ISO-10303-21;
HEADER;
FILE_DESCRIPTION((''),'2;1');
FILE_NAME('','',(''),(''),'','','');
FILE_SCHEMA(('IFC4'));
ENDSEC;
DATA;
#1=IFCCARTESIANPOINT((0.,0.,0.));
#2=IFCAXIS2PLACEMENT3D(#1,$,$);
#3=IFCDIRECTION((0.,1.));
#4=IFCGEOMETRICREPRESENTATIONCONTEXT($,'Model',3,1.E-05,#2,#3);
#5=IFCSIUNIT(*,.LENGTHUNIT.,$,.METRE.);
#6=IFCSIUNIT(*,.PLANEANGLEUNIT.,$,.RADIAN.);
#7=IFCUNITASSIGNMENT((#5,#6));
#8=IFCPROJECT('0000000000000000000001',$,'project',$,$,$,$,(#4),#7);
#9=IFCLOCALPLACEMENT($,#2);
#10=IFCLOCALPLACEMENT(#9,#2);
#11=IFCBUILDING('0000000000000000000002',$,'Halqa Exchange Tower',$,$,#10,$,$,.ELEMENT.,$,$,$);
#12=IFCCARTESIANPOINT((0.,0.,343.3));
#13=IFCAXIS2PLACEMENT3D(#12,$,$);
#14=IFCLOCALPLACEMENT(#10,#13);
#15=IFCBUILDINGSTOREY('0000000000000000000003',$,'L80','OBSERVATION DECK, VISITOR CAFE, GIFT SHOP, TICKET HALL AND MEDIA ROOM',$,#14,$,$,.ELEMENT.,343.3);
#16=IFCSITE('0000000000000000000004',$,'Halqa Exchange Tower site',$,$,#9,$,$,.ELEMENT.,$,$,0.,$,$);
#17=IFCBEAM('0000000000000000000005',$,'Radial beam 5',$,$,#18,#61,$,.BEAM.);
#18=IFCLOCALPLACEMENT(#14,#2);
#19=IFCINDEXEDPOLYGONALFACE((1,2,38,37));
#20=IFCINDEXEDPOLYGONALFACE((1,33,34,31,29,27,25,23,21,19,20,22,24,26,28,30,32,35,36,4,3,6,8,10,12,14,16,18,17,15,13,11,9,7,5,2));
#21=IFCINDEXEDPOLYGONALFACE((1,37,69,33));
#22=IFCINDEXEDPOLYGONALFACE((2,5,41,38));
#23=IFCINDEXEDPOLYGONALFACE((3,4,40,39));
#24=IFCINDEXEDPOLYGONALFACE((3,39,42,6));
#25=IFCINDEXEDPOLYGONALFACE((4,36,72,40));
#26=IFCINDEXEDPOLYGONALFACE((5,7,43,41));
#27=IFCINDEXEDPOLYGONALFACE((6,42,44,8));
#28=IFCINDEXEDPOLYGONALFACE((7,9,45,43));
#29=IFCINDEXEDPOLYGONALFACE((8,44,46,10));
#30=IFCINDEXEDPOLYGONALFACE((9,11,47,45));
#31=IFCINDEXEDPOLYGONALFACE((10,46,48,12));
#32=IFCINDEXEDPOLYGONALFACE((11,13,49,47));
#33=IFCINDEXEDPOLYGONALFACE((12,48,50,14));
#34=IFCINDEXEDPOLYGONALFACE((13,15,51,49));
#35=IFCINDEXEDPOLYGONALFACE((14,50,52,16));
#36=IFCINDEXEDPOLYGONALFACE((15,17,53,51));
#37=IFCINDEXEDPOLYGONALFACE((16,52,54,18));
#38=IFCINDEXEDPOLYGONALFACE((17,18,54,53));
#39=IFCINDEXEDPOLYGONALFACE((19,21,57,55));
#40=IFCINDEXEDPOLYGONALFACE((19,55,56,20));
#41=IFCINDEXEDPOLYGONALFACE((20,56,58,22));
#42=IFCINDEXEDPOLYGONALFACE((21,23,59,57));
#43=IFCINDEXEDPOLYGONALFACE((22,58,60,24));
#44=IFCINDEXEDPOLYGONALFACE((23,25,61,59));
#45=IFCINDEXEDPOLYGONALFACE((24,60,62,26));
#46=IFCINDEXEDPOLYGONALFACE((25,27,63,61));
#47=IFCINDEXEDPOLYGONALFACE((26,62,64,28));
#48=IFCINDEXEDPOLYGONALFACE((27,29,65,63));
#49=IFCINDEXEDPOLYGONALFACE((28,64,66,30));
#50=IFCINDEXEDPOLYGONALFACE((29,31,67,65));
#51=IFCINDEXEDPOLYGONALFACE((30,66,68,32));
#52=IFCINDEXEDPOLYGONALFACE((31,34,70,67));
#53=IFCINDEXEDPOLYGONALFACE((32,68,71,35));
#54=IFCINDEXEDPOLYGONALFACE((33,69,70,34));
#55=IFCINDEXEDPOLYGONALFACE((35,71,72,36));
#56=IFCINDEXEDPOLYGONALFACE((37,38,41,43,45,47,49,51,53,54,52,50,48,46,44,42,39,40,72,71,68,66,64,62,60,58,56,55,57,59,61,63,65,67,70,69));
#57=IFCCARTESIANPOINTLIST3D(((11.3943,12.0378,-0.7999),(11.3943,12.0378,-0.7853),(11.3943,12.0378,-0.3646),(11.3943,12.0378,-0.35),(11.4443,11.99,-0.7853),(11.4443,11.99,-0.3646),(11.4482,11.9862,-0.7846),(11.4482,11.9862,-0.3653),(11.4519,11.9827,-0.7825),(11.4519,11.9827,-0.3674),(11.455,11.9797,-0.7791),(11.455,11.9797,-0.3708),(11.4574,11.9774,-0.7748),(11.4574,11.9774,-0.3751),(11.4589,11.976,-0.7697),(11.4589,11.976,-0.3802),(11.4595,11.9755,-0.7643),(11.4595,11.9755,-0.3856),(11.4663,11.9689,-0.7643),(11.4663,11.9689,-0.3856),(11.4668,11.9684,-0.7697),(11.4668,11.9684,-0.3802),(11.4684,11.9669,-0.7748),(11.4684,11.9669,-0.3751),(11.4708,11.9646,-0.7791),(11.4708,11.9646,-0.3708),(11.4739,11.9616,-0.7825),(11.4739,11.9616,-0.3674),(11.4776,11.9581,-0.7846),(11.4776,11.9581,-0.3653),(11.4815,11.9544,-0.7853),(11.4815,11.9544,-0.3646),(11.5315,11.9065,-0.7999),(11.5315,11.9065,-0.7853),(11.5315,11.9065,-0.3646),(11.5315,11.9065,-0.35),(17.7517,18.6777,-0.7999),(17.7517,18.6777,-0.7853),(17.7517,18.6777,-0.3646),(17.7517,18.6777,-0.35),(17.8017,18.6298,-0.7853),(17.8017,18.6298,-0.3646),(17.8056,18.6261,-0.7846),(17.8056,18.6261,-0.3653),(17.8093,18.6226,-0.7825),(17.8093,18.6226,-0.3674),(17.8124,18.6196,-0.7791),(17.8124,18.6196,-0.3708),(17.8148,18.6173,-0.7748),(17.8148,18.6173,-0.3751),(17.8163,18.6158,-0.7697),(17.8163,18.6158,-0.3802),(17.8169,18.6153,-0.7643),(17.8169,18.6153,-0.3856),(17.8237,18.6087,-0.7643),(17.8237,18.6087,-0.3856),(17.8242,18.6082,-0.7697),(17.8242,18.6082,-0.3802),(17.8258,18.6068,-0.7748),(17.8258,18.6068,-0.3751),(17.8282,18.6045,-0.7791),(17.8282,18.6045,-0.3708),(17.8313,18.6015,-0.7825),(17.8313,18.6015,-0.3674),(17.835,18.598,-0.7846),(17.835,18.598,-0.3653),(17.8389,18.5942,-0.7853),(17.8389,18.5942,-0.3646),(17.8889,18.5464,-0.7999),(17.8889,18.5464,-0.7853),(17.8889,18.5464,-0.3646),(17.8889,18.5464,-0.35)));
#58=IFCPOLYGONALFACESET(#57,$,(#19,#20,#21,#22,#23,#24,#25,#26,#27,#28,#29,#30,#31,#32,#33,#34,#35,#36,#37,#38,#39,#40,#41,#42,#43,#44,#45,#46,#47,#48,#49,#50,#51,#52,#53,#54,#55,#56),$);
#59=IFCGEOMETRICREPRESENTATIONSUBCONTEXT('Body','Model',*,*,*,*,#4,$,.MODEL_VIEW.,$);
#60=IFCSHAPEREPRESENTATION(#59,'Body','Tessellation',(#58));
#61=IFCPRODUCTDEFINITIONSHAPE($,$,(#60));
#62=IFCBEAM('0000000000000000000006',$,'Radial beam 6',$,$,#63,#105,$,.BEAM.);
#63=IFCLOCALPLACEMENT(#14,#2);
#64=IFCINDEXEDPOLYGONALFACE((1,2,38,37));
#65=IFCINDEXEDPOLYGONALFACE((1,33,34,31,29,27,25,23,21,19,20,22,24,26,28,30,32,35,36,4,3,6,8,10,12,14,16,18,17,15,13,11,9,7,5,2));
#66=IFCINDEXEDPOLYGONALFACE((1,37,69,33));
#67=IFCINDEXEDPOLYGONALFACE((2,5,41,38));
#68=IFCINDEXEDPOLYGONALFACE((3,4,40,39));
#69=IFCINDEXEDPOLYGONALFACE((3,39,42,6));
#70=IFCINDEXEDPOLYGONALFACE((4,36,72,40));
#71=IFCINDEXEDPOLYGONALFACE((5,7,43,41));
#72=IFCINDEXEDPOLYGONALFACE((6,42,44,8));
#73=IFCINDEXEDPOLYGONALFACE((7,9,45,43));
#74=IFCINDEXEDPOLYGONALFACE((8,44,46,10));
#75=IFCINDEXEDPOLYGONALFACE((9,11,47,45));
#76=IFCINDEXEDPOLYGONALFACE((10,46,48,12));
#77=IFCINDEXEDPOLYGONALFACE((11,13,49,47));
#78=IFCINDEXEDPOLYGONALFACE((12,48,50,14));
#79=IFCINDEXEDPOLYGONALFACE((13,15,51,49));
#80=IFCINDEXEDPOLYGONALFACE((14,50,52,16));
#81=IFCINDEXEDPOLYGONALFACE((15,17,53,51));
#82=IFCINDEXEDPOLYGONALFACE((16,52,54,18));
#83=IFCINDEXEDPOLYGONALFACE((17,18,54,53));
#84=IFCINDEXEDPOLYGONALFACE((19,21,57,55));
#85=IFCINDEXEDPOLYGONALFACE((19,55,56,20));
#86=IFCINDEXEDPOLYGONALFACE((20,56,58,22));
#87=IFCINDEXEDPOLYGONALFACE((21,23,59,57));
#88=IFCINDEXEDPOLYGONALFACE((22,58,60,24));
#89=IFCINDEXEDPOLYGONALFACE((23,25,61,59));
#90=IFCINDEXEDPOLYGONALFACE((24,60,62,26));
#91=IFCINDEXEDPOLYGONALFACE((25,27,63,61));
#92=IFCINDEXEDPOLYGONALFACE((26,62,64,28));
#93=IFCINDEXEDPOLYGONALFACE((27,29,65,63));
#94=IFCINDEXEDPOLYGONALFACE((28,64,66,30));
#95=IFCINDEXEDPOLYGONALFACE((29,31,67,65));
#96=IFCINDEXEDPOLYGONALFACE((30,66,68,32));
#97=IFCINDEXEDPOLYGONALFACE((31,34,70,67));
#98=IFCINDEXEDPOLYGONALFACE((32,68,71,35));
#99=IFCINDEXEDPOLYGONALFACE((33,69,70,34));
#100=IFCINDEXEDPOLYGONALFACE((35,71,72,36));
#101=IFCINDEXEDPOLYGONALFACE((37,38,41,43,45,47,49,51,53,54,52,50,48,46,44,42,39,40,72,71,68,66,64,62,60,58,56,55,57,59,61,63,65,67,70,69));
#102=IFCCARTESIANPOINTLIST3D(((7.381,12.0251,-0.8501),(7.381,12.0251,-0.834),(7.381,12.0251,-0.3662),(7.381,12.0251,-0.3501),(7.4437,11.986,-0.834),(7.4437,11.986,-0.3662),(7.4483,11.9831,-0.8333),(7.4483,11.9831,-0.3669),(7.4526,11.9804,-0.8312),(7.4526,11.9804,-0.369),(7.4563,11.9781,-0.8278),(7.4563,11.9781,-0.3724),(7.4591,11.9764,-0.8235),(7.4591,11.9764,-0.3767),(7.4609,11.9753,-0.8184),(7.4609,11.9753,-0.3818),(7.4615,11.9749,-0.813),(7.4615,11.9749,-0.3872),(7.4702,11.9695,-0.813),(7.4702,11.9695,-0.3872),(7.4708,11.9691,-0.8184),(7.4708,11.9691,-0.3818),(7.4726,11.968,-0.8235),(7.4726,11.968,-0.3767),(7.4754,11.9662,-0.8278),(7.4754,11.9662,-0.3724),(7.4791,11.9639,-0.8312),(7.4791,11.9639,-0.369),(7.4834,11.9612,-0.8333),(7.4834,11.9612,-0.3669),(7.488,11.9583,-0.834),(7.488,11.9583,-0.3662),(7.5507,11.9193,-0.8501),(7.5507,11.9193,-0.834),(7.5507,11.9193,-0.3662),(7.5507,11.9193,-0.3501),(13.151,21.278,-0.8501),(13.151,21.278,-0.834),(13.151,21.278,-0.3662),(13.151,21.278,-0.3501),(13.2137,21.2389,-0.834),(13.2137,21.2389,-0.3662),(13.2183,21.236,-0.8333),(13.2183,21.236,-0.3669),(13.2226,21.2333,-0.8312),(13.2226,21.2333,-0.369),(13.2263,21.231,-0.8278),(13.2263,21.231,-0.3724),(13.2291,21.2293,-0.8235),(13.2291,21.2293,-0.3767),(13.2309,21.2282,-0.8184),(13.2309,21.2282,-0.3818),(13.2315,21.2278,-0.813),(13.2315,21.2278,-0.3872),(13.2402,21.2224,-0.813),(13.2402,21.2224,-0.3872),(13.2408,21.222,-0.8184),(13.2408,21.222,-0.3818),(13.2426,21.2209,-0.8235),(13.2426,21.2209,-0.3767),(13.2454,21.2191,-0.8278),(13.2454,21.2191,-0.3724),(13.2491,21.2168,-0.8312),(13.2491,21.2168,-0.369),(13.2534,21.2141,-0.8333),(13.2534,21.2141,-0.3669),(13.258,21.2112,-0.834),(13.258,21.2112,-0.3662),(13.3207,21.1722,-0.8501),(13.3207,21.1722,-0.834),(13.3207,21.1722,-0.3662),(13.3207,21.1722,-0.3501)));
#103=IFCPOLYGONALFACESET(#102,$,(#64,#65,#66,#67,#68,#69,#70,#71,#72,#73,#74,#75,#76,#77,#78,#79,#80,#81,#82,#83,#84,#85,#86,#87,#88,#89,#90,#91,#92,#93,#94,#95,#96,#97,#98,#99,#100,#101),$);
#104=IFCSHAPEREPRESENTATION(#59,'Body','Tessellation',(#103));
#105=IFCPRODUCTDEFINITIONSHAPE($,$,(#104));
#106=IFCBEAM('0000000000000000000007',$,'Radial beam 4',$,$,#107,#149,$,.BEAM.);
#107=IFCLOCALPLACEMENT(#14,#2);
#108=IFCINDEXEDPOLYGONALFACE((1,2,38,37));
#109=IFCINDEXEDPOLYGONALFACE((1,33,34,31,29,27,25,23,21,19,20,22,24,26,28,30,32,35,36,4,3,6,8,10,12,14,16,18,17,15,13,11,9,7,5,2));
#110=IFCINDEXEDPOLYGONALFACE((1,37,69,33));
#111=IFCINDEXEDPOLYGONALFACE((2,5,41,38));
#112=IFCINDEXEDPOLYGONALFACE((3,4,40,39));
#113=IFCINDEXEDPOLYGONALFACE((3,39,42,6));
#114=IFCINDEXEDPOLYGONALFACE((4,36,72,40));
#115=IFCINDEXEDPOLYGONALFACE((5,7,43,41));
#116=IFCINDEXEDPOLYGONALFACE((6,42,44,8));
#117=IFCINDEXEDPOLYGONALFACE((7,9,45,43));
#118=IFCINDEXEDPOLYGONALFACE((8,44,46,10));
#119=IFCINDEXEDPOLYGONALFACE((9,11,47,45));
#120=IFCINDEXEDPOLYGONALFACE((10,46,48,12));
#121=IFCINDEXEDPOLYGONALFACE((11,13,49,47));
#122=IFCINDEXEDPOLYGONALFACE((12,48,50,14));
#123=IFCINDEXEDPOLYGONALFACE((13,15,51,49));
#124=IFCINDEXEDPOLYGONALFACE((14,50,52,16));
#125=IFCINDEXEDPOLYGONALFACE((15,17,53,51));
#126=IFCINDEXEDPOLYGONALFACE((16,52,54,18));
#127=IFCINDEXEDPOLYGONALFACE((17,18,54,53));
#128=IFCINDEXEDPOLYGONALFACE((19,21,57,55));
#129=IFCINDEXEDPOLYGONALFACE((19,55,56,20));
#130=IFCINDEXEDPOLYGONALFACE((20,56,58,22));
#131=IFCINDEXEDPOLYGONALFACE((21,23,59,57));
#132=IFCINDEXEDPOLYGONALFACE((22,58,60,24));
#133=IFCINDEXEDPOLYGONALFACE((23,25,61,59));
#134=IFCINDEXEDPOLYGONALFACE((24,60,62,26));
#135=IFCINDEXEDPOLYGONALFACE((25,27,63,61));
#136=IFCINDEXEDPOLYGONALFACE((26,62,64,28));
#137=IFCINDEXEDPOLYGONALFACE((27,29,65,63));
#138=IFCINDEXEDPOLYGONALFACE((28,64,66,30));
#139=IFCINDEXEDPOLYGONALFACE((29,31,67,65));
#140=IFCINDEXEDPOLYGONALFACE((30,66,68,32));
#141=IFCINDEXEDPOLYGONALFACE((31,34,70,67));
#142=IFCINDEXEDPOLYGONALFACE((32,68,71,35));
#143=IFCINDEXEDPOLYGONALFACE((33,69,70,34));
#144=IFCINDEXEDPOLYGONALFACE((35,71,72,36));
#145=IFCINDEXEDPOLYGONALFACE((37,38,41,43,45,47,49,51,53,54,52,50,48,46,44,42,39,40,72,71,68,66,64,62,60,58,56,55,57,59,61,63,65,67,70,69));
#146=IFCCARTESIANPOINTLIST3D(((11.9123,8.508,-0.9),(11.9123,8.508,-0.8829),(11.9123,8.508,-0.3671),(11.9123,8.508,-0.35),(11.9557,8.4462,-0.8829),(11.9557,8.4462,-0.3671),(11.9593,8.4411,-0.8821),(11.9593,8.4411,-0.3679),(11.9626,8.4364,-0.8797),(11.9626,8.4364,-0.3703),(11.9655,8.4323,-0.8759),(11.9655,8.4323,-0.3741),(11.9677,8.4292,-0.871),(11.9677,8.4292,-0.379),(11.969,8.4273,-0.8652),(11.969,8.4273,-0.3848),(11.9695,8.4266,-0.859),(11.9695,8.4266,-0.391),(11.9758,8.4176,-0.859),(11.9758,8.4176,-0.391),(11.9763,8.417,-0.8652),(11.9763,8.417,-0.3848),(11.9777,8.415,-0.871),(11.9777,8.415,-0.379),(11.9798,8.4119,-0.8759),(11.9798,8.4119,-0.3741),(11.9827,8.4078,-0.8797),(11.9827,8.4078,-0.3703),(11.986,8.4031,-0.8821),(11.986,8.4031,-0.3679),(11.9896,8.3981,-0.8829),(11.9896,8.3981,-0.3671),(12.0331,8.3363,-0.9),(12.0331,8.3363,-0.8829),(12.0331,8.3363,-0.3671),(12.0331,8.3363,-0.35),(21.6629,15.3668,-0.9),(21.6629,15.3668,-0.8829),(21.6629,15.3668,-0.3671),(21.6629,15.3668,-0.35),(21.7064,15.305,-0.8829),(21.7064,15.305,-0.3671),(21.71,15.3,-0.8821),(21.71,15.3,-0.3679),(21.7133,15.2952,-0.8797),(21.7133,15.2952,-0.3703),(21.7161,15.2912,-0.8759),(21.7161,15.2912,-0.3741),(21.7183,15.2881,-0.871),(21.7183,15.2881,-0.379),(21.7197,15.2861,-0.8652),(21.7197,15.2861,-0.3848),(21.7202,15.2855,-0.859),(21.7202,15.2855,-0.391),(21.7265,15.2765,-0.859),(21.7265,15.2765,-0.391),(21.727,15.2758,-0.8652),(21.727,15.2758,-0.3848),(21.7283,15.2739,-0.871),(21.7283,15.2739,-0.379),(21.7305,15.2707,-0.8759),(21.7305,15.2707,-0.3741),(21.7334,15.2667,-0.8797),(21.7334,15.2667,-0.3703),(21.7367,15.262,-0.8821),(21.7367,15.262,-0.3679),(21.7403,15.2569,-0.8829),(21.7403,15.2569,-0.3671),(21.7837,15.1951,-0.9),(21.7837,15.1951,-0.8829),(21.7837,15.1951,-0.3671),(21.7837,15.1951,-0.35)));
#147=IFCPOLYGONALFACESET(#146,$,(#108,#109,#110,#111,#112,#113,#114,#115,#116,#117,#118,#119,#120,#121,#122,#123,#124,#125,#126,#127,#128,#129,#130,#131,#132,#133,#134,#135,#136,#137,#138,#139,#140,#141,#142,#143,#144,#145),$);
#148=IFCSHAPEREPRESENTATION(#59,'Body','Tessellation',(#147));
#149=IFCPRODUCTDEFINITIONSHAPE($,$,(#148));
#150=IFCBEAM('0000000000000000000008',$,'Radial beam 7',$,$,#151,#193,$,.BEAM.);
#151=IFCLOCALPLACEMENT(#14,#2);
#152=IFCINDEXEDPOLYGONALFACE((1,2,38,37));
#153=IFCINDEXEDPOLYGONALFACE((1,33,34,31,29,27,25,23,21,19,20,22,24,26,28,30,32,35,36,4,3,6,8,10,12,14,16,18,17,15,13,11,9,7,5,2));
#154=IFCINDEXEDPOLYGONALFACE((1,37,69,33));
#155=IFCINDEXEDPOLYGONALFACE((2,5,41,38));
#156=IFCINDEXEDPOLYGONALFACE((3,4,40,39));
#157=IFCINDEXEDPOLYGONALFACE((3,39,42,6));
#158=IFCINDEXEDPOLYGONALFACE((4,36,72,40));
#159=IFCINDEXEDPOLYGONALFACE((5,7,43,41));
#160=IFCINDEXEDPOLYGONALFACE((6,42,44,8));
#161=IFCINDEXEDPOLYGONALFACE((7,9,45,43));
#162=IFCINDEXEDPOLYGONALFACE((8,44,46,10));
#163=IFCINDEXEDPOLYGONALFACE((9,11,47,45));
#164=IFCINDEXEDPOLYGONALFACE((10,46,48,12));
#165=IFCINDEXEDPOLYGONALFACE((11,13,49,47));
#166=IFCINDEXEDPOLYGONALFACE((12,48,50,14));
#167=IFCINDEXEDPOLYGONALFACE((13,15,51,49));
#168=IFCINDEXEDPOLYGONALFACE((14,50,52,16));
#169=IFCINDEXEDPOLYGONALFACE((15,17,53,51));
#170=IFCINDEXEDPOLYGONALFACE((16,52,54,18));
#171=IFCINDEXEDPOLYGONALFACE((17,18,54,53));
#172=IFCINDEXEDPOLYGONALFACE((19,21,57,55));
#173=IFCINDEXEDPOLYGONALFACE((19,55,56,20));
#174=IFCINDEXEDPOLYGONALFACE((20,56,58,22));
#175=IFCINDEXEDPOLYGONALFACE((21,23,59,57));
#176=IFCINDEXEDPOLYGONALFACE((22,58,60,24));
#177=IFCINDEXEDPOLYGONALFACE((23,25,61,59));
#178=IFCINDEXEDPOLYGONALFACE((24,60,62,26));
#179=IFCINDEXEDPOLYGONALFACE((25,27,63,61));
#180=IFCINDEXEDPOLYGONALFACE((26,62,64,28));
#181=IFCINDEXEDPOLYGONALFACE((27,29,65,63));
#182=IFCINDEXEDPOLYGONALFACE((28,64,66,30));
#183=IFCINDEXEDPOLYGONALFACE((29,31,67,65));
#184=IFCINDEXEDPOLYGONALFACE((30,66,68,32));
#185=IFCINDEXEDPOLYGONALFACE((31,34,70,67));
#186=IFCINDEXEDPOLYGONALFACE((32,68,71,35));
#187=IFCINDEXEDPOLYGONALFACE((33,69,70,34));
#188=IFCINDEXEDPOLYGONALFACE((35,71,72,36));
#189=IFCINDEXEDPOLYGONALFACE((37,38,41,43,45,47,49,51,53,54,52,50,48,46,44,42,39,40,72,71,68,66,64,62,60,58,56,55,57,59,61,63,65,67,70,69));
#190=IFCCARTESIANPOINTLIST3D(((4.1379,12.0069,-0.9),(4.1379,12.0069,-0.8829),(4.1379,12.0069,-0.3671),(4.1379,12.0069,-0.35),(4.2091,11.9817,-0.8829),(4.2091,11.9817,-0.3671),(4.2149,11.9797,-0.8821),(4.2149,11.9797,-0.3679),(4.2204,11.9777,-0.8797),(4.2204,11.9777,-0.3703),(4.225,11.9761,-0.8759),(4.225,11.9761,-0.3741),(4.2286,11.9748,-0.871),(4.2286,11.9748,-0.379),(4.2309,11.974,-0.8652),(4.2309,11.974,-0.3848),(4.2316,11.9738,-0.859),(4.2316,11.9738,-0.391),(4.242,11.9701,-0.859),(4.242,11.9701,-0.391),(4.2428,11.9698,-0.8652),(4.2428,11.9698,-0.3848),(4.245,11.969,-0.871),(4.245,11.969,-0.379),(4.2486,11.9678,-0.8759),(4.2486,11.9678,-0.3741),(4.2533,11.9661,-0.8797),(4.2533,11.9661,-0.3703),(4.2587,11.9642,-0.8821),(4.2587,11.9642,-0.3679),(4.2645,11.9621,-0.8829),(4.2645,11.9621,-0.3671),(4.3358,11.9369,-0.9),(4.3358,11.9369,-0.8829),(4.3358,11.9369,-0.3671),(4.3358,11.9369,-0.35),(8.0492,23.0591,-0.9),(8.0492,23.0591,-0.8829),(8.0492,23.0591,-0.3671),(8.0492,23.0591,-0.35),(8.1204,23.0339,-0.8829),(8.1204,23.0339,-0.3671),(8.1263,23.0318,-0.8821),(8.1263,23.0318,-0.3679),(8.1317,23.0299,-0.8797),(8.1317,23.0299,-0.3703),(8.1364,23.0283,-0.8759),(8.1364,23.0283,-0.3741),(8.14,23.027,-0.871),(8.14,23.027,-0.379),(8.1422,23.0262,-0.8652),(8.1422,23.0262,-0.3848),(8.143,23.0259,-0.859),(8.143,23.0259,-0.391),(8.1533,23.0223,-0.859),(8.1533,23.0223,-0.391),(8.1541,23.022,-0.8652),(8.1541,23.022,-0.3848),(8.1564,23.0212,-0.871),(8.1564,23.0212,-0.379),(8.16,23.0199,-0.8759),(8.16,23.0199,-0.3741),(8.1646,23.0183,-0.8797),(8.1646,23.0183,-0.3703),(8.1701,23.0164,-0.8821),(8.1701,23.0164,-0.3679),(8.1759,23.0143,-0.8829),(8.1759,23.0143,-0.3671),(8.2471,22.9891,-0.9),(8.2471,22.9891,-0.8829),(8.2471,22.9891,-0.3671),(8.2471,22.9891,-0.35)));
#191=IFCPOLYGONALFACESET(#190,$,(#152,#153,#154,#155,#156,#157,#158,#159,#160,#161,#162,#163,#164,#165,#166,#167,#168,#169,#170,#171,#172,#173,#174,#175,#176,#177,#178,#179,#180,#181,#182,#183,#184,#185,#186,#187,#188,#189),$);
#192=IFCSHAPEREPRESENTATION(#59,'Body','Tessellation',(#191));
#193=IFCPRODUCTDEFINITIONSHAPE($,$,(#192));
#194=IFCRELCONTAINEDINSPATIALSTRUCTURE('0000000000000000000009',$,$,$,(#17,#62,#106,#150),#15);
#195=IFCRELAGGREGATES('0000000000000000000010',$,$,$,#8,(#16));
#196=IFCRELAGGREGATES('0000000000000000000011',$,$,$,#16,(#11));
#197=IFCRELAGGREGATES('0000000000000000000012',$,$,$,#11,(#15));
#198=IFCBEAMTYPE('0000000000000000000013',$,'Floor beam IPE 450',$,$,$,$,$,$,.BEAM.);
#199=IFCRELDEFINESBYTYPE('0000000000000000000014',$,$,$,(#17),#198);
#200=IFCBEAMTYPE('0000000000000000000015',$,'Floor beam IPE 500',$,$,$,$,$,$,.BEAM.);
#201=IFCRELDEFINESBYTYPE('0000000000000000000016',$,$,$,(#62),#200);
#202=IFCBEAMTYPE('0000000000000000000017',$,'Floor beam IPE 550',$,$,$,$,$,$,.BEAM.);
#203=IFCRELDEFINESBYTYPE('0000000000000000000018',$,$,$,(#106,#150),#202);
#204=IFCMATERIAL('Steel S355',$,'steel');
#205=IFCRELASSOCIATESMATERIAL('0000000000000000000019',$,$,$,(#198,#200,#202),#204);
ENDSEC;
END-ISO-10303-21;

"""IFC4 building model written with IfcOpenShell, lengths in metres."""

from ifc_helpers import new_model, si_unit, direction, frame, origin, origin_2d, place, context, subcontext, project, spatial, i_section, extrude, material, material_profile, profile_set, type_object, element, save


model = new_model("IFC4")

# Units and contexts
model_context = context("Model", 3, precision=1e-05, world=origin(), true_north=direction((0.0, 1.0)))
body_context = subcontext(model_context, "Body", "Model", "MODEL_VIEW")
ifc_project = project(units=[si_unit("LENGTHUNIT", "METRE"), si_unit("PLANEANGLEUNIT", "RADIAN")], contexts=[model_context])

# Site, building, storey
site_placement = place(None, origin())
site = spatial("IfcSite", under=ifc_project, at=site_placement, Name="Halqa Exchange Tower site", CompositionType="ELEMENT", RefElevation=0.0)
building_placement = place(site_placement, origin())
building = spatial("IfcBuilding", under=site, at=building_placement, Name="Halqa Exchange Tower", CompositionType="ELEMENT")
storey_placement = place(building_placement, frame((0.0, 0.0, 343.3)))
storey = spatial("IfcBuildingStorey", under=building, at=storey_placement, Name="L80", Description="OBSERVATION DECK, VISITOR CAFE, GIFT SHOP, TICKET HALL AND MEDIA ROOM", CompositionType="ELEMENT", Elevation=343.3)

# Beams
ifc_material_1 = material(Name="Steel S355", Category="steel")
ifc_material_profile_1 = material_profile(ifc_material_1, i_section(OverallWidth=0.1899, OverallDepth=0.45, WebThickness=0.0095, FlangeThickness=0.0146, FilletRadius=0.021, at=origin_2d()), Name="IPE 450")
ifc_profile_set_1 = profile_set([ifc_material_profile_1], Name="Steel S355")
beam_type_1 = type_object("IfcBeamType", Name="Floor beam IPE 450", PredefinedType="BEAM", material=ifc_profile_set_1)
beam_1_placement = place(storey_placement, frame((11.4629, 11.9722, -0.575), z_axis=(0.691576, 0.722304, 0.0), x_axis=(-0.722304, 0.691576, 0.0)))
element("IfcBeam", 1, at=beam_1_placement, inside=storey, type_object=beam_type_1, Name="Radial beam 5", PredefinedType="BEAM", context=body_context, shape_type="SweptSolid", body=[
    extrude(i_section(OverallWidth=0.1899, OverallDepth=0.45, WebThickness=0.0095, FlangeThickness=0.0146, FilletRadius=0.021, at=origin_2d()), origin(), (0.0, 0.0, 1.0), 9.1926),
])
ifc_material_profile_2 = material_profile(ifc_material_1, i_section(OverallWidth=0.2, OverallDepth=0.5, WebThickness=0.0103, FlangeThickness=0.0161, FilletRadius=0.021, at=origin_2d()), Name="IPE 500")
ifc_profile_set_2 = profile_set([ifc_material_profile_2], Name="Steel S355")
beam_type_2 = type_object("IfcBeamType", Name="Floor beam IPE 500", PredefinedType="BEAM", material=ifc_profile_set_2)
beam_2_placement = place(storey_placement, frame((7.4658, 11.9722, -0.6001), z_axis=(0.529137, 0.848536, 0.0), x_axis=(-0.848536, 0.529137, 0.0)))
element("IfcBeam", 2, at=beam_2_placement, inside=storey, type_object=beam_type_2, Name="Radial beam 6", PredefinedType="BEAM", context=body_context, shape_type="SweptSolid", body=[
    extrude(i_section(OverallWidth=0.2, OverallDepth=0.5, WebThickness=0.0103, FlangeThickness=0.0161, FilletRadius=0.021, at=origin_2d()), origin(), (0.0, 0.0, 1.0), 10.9045),
])
ifc_material_profile_3 = material_profile(ifc_material_1, i_section(OverallWidth=0.21, OverallDepth=0.55, WebThickness=0.011, FlangeThickness=0.0171, FilletRadius=0.0239, at=origin_2d()), Name="IPE 550")
ifc_profile_set_3 = profile_set([ifc_material_profile_3], Name="Steel S355")
beam_type_3 = type_object("IfcBeamType", Name="Floor beam IPE 550", PredefinedType="BEAM", material=ifc_profile_set_3)
beam_3_placement = place(storey_placement, frame((11.9727, 8.4221, -0.625), z_axis=(0.817915, 0.57534, 0.0), x_axis=(-0.57534, 0.817915, 0.0)))
element("IfcBeam", 3, at=beam_3_placement, inside=storey, type_object=beam_type_3, Name="Radial beam 4", PredefinedType="BEAM", context=body_context, shape_type="SweptSolid", body=[
    extrude(i_section(OverallWidth=0.21, OverallDepth=0.55, WebThickness=0.011, FlangeThickness=0.0171, FilletRadius=0.0239, at=origin_2d()), origin(), (0.0, 0.0, 1.0), 11.9214),
])
beam_4_placement = place(storey_placement, frame((4.2368, 11.9719, -0.625), z_axis=(0.333623, 0.942707, 0.0), x_axis=(-0.942707, 0.333623, 0.0)))
element("IfcBeam", 4, at=beam_4_placement, inside=storey, type_object=beam_type_3, Name="Radial beam 7", PredefinedType="BEAM", context=body_context, shape_type="SweptSolid", body=[
    extrude(i_section(OverallWidth=0.21, OverallDepth=0.55, WebThickness=0.011, FlangeThickness=0.0171, FilletRadius=0.0239, at=origin_2d()), origin(), (0.0, 0.0, 1.0), 11.7239),
])

save(model, "model.ifc")
